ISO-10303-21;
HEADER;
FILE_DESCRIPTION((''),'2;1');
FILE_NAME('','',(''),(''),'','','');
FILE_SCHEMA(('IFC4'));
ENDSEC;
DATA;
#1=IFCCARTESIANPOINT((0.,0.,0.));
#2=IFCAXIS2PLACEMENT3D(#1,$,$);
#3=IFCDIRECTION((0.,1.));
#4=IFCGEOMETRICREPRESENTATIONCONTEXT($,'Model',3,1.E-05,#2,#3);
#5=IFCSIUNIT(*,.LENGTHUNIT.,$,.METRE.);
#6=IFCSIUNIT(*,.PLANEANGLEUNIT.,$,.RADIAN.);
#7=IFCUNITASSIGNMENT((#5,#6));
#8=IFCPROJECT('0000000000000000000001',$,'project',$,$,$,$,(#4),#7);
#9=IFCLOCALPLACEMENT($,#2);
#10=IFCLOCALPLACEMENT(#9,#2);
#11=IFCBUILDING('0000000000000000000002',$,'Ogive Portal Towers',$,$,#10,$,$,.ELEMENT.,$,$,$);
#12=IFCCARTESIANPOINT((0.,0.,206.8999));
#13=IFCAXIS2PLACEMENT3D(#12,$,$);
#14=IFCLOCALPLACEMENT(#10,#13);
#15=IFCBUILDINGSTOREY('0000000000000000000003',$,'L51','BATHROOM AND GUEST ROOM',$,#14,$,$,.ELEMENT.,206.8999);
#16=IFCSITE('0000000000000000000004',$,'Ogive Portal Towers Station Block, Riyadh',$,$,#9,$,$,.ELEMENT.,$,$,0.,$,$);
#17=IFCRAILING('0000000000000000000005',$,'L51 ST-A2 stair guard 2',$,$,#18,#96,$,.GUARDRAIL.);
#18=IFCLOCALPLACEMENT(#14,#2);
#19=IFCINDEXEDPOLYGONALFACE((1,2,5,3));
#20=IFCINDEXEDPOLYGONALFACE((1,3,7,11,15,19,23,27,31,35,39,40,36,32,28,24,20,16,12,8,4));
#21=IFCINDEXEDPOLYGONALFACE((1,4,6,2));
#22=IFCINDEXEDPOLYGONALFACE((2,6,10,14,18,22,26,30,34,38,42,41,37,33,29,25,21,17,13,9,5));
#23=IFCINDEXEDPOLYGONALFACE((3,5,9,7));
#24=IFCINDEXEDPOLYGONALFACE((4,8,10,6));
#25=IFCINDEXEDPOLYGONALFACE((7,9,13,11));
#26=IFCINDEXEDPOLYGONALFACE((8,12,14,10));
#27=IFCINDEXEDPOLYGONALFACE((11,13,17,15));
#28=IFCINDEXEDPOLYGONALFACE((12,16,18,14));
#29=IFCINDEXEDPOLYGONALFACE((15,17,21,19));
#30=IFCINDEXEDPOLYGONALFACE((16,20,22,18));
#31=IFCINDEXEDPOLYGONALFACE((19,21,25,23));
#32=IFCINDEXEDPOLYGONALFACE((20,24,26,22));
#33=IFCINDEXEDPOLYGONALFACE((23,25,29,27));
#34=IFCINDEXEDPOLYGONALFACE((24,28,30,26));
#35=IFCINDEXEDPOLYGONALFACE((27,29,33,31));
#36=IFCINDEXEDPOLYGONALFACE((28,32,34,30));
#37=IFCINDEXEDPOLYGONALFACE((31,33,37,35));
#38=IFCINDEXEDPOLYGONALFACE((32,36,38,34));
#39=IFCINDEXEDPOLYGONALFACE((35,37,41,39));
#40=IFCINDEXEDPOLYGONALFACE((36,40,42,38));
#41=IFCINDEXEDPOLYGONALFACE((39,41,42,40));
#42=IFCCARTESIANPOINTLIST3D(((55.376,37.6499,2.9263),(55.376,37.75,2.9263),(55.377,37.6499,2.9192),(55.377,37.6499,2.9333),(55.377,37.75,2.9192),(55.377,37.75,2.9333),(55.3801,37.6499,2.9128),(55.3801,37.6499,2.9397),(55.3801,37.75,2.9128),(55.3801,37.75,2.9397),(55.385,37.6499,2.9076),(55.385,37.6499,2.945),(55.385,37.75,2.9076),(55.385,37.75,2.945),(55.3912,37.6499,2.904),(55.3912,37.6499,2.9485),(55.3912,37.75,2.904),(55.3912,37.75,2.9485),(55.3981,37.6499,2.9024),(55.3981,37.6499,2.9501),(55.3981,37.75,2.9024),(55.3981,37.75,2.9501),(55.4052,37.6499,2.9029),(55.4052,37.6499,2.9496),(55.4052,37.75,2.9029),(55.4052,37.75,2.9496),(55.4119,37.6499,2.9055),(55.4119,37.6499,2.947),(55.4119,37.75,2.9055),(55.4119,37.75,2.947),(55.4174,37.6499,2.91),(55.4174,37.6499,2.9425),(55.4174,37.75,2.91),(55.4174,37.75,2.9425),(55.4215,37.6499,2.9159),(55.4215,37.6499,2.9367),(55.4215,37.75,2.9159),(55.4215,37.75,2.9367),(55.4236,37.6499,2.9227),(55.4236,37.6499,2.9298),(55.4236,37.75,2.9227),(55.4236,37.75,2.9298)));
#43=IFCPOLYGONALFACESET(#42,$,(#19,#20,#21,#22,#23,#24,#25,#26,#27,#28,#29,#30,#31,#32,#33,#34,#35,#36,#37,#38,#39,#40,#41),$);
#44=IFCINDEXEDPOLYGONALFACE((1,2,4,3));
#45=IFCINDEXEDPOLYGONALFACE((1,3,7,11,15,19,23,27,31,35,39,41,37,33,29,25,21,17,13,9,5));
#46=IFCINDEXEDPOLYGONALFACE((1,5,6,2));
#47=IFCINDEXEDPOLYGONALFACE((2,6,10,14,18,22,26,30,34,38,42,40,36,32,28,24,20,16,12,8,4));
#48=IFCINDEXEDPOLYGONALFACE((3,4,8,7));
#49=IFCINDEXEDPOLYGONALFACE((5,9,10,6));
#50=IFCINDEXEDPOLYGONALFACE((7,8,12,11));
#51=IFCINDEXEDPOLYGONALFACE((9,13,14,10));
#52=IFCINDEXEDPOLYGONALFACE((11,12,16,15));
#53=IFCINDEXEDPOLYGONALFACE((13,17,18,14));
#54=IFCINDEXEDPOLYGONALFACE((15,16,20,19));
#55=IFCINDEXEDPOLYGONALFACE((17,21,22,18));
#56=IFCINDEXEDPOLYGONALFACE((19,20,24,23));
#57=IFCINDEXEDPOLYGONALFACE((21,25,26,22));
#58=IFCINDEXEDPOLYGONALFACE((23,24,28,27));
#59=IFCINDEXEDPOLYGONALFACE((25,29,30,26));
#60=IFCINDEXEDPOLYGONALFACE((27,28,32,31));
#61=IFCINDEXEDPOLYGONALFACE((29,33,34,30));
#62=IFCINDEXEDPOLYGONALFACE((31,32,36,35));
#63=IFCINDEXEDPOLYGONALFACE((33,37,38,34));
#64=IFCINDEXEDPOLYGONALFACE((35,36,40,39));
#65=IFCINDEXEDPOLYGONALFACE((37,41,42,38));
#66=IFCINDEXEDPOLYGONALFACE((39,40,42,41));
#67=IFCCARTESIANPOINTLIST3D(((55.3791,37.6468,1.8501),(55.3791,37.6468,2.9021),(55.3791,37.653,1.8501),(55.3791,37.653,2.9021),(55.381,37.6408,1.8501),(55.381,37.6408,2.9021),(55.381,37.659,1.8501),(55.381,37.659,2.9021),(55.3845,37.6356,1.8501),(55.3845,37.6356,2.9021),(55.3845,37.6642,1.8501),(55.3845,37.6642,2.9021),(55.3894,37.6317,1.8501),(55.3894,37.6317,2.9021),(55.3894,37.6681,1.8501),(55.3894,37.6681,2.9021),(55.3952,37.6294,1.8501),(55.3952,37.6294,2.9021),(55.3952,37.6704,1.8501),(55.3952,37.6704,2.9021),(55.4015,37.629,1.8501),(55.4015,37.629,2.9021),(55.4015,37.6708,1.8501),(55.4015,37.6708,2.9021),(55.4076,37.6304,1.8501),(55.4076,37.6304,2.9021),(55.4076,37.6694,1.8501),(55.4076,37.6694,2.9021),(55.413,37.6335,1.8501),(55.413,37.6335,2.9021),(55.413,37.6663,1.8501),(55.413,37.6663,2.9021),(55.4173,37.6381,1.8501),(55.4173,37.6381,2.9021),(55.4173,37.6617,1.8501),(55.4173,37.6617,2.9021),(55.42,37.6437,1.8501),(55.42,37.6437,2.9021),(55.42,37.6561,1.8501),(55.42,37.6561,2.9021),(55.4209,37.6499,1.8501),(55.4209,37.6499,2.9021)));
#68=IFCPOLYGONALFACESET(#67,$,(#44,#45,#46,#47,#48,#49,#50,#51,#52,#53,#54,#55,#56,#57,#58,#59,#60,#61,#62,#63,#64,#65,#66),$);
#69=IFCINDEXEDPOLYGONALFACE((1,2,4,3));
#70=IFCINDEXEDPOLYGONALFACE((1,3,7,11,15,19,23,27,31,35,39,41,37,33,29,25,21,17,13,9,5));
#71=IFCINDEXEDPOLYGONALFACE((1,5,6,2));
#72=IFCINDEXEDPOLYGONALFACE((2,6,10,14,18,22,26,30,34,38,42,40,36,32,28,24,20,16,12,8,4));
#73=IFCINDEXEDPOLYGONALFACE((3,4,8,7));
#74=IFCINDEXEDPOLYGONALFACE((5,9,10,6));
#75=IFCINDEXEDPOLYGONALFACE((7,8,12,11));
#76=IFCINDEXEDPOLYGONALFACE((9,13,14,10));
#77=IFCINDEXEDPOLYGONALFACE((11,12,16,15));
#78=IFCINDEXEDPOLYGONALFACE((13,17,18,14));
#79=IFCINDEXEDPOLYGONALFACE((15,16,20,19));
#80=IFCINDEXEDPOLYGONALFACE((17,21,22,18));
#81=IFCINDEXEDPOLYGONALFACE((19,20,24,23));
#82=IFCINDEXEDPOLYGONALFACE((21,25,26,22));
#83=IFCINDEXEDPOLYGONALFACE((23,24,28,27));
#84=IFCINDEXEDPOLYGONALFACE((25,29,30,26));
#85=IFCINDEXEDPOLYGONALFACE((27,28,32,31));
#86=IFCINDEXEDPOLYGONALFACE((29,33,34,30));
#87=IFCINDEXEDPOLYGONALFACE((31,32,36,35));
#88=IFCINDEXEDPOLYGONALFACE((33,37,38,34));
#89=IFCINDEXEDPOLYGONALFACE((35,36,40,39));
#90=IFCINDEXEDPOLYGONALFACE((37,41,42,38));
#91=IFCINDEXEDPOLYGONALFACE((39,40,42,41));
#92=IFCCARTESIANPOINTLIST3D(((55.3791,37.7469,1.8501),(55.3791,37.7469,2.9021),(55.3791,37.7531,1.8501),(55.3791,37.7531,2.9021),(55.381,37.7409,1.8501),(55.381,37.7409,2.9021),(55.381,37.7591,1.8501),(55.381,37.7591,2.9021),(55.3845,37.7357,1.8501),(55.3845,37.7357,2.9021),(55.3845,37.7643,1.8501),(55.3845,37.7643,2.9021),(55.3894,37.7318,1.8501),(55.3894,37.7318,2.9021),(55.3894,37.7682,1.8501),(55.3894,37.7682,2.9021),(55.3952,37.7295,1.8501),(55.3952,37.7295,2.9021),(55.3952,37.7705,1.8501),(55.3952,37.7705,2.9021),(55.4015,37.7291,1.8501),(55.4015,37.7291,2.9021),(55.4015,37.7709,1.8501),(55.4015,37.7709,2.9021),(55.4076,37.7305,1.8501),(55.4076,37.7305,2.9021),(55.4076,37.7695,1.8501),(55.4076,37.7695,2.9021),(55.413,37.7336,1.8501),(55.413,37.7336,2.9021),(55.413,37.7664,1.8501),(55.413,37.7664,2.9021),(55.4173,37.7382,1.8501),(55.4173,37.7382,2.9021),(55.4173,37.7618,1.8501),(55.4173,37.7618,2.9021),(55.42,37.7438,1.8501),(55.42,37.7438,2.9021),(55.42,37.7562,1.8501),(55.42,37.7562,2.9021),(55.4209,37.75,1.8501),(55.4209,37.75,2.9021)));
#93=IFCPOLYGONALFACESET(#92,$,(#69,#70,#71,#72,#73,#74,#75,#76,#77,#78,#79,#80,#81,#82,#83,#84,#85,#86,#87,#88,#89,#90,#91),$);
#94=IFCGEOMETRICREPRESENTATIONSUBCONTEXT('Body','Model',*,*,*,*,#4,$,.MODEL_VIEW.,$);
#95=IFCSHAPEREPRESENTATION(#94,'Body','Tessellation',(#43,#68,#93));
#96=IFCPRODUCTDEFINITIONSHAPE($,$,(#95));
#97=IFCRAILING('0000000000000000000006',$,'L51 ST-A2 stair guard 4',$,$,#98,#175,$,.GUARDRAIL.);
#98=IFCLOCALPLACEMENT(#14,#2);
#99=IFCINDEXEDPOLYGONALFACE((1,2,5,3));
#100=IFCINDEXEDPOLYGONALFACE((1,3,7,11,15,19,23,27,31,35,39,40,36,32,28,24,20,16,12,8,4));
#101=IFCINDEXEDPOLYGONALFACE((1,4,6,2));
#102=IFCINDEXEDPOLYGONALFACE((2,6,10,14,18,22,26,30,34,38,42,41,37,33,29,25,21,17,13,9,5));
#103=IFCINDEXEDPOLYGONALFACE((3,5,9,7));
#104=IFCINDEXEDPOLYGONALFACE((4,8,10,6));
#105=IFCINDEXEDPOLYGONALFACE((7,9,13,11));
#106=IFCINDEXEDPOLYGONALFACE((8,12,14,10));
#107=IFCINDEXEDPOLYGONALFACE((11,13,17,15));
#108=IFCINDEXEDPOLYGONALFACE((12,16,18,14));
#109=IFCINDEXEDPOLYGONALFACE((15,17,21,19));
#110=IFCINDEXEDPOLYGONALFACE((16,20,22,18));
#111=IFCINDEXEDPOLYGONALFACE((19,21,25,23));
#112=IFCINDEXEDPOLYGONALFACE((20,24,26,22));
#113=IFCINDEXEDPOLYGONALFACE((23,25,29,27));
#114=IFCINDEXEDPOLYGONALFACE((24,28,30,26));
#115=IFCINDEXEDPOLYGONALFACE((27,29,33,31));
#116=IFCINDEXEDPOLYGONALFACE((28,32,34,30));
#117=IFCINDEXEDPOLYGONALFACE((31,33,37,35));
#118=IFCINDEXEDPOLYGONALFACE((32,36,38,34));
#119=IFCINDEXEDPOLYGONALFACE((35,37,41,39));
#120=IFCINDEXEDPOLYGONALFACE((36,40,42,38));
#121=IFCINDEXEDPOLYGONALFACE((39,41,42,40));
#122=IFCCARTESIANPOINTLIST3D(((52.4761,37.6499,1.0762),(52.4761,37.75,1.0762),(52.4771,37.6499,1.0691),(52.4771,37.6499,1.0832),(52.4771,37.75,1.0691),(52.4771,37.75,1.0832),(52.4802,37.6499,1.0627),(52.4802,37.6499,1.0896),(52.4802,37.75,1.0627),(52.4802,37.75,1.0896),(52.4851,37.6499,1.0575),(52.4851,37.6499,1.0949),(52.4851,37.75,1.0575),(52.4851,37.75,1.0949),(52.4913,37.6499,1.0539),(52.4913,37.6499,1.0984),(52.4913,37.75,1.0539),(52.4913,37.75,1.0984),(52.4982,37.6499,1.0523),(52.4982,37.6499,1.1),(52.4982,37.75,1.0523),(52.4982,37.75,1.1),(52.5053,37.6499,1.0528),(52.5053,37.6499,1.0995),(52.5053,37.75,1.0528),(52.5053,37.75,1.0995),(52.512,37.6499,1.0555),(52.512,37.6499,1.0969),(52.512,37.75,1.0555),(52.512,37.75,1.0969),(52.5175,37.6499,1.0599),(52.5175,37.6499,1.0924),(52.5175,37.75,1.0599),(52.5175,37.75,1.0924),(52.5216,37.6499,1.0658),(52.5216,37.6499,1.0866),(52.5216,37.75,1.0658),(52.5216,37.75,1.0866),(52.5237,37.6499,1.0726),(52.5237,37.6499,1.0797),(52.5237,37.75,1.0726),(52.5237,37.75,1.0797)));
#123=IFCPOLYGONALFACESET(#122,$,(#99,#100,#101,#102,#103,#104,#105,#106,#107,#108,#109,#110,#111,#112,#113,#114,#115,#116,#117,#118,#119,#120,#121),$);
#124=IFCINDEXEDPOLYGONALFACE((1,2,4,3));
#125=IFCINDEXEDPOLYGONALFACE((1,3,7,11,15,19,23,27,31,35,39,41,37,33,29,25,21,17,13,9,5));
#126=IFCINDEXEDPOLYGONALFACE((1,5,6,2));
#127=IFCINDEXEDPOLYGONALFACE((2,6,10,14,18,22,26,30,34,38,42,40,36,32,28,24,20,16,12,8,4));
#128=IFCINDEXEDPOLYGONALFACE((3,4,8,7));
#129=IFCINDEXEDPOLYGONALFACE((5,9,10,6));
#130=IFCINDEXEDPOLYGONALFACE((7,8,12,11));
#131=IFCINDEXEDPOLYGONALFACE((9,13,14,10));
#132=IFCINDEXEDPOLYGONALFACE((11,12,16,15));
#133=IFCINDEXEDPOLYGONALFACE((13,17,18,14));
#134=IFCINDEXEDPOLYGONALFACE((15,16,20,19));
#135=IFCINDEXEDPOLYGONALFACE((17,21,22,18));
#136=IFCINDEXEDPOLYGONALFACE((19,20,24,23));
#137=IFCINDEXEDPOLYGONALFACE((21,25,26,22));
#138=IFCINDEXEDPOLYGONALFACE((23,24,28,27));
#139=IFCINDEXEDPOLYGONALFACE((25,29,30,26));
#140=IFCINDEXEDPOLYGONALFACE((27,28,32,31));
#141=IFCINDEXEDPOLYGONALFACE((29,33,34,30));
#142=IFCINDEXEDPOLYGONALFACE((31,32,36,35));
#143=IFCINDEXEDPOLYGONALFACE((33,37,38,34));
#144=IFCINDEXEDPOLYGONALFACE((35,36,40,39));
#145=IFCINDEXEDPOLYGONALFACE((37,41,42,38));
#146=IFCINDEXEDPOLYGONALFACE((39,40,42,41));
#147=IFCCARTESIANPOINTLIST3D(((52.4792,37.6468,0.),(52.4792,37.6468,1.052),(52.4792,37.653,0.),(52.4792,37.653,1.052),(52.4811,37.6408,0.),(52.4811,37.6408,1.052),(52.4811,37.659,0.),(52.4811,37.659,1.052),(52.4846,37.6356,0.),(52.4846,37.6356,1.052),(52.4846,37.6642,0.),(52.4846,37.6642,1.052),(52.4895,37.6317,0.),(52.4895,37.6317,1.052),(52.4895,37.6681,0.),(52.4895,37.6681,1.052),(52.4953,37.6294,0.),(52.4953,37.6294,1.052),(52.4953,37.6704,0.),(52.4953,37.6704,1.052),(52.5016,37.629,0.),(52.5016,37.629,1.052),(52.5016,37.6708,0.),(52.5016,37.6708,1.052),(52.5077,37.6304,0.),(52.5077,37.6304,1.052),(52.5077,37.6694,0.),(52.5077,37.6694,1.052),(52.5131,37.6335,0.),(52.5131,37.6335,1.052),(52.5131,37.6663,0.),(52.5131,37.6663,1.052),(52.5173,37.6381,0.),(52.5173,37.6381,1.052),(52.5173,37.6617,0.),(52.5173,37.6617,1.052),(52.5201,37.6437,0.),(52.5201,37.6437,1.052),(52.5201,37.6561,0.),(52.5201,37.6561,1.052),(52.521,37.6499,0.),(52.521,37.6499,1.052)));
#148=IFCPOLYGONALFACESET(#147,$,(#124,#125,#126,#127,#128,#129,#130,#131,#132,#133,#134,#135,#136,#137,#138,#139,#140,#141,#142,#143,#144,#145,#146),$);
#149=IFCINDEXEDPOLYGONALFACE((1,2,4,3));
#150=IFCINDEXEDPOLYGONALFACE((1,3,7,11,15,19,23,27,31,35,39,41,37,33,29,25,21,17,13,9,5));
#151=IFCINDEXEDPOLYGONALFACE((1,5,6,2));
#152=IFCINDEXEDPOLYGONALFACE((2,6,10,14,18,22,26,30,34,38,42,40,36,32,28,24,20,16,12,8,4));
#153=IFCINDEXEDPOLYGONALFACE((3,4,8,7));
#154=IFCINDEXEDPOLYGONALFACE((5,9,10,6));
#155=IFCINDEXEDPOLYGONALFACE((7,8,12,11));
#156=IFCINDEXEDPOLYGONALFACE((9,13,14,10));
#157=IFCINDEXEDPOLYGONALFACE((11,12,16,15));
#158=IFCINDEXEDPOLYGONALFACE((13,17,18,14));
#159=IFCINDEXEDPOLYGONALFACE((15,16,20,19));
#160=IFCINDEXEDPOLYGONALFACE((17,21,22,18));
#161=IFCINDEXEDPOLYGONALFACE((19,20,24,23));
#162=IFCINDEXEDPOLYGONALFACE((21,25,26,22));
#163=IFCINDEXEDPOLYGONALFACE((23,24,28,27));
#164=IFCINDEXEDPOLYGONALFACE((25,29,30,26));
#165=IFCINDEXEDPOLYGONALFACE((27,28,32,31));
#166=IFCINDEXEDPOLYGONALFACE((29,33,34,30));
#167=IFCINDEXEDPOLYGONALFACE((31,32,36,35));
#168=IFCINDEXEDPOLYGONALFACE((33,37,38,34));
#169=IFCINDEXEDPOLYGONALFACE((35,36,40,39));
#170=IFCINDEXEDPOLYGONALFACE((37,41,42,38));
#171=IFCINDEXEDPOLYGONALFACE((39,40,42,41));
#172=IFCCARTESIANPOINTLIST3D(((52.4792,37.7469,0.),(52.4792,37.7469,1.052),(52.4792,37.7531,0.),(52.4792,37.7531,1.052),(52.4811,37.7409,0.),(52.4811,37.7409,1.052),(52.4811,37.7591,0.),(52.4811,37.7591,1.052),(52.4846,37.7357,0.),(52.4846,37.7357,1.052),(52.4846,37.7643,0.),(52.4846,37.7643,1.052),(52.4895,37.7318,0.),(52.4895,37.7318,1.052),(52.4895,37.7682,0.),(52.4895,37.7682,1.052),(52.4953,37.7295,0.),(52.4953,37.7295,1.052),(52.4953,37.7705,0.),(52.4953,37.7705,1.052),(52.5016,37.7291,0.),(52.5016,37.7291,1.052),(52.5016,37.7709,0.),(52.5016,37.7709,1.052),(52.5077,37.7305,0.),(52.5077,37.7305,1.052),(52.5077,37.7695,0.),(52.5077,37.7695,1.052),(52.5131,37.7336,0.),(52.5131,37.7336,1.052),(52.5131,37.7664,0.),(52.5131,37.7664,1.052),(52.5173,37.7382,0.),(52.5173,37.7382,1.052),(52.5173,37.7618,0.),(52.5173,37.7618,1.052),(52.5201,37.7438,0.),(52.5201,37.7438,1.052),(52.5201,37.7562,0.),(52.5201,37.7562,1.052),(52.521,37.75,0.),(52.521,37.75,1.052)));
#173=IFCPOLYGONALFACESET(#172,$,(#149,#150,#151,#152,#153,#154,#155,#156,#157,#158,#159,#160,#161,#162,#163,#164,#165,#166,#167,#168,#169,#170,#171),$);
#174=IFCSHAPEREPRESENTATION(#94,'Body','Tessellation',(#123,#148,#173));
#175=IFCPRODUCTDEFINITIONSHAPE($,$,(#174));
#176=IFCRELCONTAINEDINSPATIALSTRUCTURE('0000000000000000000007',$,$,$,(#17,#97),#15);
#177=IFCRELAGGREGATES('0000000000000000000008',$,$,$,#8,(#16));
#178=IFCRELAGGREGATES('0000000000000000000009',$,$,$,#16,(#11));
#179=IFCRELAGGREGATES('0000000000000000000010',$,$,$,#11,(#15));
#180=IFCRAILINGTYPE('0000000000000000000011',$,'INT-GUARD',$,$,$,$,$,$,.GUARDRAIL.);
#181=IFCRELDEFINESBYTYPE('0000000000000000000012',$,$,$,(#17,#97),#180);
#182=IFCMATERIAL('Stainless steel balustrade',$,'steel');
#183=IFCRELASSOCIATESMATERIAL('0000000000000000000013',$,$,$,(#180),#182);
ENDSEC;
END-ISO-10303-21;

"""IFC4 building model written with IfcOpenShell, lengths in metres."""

from ifc_helpers import new_model, si_unit, direction, frame, origin, origin_2d, place, context, subcontext, project, spatial, circle, extrude, material, type_object, element, save


model = new_model("IFC4")

# Units and contexts
model_context = context("Model", 3, precision=1e-05, world=origin(), true_north=direction((0.0, 1.0)))
body_context = subcontext(model_context, "Body", "Model", "MODEL_VIEW")
ifc_project = project(units=[si_unit("LENGTHUNIT", "METRE"), si_unit("PLANEANGLEUNIT", "RADIAN")], contexts=[model_context])

# Site, building, storey
site_placement = place(None, origin())
site = spatial("IfcSite", under=ifc_project, at=site_placement, Name="Ogive Portal Towers Station Block, Riyadh", CompositionType="ELEMENT", RefElevation=0.0)
building_placement = place(site_placement, origin())
building = spatial("IfcBuilding", under=site, at=building_placement, Name="Ogive Portal Towers", CompositionType="ELEMENT")
storey_placement = place(building_placement, frame((0.0, 0.0, 206.8999)))
storey = spatial("IfcBuildingStorey", under=building, at=storey_placement, Name="L51", Description="BATHROOM AND GUEST ROOM", CompositionType="ELEMENT", Elevation=206.8999)

# Railings
ifc_material_1 = material(Name="Stainless steel balustrade", Category="steel")
railing_type_1 = type_object("IfcRailingType", Name="INT-GUARD", PredefinedType="GUARDRAIL", material=ifc_material_1)
for number, where, name in (
    (1, (55.3999, 37.6499, 1.8501), "L51 ST-A2 stair guard 2"),
    (2, (52.5, 37.6499, 0.0), "L51 ST-A2 stair guard 4"),
):
    element("IfcRailing", number, at=place(storey_placement, frame(where)), inside=storey, type_object=railing_type_1, Name=name, PredefinedType="GUARDRAIL", context=body_context, shape_type="SweptSolid", body=[
        extrude(circle(Radius=0.0239, at=origin_2d()), frame((0.0, 0.0, 1.0762), z_axis=(0.0, 1.0, 0.0), x_axis=(-1.0, 0.0, 0.0)), (0.0, 0.0, 1.0), 0.1001),
        extrude(circle(Radius=0.021, at=origin_2d()), origin(), (0.0, 0.0, 1.0), 1.052),
        extrude(circle(Radius=0.021, at=origin_2d()), frame((0.0, 0.1001, 0.0)), (0.0, 0.0, 1.0), 1.052),
    ])

save(model, "model.ifc")
